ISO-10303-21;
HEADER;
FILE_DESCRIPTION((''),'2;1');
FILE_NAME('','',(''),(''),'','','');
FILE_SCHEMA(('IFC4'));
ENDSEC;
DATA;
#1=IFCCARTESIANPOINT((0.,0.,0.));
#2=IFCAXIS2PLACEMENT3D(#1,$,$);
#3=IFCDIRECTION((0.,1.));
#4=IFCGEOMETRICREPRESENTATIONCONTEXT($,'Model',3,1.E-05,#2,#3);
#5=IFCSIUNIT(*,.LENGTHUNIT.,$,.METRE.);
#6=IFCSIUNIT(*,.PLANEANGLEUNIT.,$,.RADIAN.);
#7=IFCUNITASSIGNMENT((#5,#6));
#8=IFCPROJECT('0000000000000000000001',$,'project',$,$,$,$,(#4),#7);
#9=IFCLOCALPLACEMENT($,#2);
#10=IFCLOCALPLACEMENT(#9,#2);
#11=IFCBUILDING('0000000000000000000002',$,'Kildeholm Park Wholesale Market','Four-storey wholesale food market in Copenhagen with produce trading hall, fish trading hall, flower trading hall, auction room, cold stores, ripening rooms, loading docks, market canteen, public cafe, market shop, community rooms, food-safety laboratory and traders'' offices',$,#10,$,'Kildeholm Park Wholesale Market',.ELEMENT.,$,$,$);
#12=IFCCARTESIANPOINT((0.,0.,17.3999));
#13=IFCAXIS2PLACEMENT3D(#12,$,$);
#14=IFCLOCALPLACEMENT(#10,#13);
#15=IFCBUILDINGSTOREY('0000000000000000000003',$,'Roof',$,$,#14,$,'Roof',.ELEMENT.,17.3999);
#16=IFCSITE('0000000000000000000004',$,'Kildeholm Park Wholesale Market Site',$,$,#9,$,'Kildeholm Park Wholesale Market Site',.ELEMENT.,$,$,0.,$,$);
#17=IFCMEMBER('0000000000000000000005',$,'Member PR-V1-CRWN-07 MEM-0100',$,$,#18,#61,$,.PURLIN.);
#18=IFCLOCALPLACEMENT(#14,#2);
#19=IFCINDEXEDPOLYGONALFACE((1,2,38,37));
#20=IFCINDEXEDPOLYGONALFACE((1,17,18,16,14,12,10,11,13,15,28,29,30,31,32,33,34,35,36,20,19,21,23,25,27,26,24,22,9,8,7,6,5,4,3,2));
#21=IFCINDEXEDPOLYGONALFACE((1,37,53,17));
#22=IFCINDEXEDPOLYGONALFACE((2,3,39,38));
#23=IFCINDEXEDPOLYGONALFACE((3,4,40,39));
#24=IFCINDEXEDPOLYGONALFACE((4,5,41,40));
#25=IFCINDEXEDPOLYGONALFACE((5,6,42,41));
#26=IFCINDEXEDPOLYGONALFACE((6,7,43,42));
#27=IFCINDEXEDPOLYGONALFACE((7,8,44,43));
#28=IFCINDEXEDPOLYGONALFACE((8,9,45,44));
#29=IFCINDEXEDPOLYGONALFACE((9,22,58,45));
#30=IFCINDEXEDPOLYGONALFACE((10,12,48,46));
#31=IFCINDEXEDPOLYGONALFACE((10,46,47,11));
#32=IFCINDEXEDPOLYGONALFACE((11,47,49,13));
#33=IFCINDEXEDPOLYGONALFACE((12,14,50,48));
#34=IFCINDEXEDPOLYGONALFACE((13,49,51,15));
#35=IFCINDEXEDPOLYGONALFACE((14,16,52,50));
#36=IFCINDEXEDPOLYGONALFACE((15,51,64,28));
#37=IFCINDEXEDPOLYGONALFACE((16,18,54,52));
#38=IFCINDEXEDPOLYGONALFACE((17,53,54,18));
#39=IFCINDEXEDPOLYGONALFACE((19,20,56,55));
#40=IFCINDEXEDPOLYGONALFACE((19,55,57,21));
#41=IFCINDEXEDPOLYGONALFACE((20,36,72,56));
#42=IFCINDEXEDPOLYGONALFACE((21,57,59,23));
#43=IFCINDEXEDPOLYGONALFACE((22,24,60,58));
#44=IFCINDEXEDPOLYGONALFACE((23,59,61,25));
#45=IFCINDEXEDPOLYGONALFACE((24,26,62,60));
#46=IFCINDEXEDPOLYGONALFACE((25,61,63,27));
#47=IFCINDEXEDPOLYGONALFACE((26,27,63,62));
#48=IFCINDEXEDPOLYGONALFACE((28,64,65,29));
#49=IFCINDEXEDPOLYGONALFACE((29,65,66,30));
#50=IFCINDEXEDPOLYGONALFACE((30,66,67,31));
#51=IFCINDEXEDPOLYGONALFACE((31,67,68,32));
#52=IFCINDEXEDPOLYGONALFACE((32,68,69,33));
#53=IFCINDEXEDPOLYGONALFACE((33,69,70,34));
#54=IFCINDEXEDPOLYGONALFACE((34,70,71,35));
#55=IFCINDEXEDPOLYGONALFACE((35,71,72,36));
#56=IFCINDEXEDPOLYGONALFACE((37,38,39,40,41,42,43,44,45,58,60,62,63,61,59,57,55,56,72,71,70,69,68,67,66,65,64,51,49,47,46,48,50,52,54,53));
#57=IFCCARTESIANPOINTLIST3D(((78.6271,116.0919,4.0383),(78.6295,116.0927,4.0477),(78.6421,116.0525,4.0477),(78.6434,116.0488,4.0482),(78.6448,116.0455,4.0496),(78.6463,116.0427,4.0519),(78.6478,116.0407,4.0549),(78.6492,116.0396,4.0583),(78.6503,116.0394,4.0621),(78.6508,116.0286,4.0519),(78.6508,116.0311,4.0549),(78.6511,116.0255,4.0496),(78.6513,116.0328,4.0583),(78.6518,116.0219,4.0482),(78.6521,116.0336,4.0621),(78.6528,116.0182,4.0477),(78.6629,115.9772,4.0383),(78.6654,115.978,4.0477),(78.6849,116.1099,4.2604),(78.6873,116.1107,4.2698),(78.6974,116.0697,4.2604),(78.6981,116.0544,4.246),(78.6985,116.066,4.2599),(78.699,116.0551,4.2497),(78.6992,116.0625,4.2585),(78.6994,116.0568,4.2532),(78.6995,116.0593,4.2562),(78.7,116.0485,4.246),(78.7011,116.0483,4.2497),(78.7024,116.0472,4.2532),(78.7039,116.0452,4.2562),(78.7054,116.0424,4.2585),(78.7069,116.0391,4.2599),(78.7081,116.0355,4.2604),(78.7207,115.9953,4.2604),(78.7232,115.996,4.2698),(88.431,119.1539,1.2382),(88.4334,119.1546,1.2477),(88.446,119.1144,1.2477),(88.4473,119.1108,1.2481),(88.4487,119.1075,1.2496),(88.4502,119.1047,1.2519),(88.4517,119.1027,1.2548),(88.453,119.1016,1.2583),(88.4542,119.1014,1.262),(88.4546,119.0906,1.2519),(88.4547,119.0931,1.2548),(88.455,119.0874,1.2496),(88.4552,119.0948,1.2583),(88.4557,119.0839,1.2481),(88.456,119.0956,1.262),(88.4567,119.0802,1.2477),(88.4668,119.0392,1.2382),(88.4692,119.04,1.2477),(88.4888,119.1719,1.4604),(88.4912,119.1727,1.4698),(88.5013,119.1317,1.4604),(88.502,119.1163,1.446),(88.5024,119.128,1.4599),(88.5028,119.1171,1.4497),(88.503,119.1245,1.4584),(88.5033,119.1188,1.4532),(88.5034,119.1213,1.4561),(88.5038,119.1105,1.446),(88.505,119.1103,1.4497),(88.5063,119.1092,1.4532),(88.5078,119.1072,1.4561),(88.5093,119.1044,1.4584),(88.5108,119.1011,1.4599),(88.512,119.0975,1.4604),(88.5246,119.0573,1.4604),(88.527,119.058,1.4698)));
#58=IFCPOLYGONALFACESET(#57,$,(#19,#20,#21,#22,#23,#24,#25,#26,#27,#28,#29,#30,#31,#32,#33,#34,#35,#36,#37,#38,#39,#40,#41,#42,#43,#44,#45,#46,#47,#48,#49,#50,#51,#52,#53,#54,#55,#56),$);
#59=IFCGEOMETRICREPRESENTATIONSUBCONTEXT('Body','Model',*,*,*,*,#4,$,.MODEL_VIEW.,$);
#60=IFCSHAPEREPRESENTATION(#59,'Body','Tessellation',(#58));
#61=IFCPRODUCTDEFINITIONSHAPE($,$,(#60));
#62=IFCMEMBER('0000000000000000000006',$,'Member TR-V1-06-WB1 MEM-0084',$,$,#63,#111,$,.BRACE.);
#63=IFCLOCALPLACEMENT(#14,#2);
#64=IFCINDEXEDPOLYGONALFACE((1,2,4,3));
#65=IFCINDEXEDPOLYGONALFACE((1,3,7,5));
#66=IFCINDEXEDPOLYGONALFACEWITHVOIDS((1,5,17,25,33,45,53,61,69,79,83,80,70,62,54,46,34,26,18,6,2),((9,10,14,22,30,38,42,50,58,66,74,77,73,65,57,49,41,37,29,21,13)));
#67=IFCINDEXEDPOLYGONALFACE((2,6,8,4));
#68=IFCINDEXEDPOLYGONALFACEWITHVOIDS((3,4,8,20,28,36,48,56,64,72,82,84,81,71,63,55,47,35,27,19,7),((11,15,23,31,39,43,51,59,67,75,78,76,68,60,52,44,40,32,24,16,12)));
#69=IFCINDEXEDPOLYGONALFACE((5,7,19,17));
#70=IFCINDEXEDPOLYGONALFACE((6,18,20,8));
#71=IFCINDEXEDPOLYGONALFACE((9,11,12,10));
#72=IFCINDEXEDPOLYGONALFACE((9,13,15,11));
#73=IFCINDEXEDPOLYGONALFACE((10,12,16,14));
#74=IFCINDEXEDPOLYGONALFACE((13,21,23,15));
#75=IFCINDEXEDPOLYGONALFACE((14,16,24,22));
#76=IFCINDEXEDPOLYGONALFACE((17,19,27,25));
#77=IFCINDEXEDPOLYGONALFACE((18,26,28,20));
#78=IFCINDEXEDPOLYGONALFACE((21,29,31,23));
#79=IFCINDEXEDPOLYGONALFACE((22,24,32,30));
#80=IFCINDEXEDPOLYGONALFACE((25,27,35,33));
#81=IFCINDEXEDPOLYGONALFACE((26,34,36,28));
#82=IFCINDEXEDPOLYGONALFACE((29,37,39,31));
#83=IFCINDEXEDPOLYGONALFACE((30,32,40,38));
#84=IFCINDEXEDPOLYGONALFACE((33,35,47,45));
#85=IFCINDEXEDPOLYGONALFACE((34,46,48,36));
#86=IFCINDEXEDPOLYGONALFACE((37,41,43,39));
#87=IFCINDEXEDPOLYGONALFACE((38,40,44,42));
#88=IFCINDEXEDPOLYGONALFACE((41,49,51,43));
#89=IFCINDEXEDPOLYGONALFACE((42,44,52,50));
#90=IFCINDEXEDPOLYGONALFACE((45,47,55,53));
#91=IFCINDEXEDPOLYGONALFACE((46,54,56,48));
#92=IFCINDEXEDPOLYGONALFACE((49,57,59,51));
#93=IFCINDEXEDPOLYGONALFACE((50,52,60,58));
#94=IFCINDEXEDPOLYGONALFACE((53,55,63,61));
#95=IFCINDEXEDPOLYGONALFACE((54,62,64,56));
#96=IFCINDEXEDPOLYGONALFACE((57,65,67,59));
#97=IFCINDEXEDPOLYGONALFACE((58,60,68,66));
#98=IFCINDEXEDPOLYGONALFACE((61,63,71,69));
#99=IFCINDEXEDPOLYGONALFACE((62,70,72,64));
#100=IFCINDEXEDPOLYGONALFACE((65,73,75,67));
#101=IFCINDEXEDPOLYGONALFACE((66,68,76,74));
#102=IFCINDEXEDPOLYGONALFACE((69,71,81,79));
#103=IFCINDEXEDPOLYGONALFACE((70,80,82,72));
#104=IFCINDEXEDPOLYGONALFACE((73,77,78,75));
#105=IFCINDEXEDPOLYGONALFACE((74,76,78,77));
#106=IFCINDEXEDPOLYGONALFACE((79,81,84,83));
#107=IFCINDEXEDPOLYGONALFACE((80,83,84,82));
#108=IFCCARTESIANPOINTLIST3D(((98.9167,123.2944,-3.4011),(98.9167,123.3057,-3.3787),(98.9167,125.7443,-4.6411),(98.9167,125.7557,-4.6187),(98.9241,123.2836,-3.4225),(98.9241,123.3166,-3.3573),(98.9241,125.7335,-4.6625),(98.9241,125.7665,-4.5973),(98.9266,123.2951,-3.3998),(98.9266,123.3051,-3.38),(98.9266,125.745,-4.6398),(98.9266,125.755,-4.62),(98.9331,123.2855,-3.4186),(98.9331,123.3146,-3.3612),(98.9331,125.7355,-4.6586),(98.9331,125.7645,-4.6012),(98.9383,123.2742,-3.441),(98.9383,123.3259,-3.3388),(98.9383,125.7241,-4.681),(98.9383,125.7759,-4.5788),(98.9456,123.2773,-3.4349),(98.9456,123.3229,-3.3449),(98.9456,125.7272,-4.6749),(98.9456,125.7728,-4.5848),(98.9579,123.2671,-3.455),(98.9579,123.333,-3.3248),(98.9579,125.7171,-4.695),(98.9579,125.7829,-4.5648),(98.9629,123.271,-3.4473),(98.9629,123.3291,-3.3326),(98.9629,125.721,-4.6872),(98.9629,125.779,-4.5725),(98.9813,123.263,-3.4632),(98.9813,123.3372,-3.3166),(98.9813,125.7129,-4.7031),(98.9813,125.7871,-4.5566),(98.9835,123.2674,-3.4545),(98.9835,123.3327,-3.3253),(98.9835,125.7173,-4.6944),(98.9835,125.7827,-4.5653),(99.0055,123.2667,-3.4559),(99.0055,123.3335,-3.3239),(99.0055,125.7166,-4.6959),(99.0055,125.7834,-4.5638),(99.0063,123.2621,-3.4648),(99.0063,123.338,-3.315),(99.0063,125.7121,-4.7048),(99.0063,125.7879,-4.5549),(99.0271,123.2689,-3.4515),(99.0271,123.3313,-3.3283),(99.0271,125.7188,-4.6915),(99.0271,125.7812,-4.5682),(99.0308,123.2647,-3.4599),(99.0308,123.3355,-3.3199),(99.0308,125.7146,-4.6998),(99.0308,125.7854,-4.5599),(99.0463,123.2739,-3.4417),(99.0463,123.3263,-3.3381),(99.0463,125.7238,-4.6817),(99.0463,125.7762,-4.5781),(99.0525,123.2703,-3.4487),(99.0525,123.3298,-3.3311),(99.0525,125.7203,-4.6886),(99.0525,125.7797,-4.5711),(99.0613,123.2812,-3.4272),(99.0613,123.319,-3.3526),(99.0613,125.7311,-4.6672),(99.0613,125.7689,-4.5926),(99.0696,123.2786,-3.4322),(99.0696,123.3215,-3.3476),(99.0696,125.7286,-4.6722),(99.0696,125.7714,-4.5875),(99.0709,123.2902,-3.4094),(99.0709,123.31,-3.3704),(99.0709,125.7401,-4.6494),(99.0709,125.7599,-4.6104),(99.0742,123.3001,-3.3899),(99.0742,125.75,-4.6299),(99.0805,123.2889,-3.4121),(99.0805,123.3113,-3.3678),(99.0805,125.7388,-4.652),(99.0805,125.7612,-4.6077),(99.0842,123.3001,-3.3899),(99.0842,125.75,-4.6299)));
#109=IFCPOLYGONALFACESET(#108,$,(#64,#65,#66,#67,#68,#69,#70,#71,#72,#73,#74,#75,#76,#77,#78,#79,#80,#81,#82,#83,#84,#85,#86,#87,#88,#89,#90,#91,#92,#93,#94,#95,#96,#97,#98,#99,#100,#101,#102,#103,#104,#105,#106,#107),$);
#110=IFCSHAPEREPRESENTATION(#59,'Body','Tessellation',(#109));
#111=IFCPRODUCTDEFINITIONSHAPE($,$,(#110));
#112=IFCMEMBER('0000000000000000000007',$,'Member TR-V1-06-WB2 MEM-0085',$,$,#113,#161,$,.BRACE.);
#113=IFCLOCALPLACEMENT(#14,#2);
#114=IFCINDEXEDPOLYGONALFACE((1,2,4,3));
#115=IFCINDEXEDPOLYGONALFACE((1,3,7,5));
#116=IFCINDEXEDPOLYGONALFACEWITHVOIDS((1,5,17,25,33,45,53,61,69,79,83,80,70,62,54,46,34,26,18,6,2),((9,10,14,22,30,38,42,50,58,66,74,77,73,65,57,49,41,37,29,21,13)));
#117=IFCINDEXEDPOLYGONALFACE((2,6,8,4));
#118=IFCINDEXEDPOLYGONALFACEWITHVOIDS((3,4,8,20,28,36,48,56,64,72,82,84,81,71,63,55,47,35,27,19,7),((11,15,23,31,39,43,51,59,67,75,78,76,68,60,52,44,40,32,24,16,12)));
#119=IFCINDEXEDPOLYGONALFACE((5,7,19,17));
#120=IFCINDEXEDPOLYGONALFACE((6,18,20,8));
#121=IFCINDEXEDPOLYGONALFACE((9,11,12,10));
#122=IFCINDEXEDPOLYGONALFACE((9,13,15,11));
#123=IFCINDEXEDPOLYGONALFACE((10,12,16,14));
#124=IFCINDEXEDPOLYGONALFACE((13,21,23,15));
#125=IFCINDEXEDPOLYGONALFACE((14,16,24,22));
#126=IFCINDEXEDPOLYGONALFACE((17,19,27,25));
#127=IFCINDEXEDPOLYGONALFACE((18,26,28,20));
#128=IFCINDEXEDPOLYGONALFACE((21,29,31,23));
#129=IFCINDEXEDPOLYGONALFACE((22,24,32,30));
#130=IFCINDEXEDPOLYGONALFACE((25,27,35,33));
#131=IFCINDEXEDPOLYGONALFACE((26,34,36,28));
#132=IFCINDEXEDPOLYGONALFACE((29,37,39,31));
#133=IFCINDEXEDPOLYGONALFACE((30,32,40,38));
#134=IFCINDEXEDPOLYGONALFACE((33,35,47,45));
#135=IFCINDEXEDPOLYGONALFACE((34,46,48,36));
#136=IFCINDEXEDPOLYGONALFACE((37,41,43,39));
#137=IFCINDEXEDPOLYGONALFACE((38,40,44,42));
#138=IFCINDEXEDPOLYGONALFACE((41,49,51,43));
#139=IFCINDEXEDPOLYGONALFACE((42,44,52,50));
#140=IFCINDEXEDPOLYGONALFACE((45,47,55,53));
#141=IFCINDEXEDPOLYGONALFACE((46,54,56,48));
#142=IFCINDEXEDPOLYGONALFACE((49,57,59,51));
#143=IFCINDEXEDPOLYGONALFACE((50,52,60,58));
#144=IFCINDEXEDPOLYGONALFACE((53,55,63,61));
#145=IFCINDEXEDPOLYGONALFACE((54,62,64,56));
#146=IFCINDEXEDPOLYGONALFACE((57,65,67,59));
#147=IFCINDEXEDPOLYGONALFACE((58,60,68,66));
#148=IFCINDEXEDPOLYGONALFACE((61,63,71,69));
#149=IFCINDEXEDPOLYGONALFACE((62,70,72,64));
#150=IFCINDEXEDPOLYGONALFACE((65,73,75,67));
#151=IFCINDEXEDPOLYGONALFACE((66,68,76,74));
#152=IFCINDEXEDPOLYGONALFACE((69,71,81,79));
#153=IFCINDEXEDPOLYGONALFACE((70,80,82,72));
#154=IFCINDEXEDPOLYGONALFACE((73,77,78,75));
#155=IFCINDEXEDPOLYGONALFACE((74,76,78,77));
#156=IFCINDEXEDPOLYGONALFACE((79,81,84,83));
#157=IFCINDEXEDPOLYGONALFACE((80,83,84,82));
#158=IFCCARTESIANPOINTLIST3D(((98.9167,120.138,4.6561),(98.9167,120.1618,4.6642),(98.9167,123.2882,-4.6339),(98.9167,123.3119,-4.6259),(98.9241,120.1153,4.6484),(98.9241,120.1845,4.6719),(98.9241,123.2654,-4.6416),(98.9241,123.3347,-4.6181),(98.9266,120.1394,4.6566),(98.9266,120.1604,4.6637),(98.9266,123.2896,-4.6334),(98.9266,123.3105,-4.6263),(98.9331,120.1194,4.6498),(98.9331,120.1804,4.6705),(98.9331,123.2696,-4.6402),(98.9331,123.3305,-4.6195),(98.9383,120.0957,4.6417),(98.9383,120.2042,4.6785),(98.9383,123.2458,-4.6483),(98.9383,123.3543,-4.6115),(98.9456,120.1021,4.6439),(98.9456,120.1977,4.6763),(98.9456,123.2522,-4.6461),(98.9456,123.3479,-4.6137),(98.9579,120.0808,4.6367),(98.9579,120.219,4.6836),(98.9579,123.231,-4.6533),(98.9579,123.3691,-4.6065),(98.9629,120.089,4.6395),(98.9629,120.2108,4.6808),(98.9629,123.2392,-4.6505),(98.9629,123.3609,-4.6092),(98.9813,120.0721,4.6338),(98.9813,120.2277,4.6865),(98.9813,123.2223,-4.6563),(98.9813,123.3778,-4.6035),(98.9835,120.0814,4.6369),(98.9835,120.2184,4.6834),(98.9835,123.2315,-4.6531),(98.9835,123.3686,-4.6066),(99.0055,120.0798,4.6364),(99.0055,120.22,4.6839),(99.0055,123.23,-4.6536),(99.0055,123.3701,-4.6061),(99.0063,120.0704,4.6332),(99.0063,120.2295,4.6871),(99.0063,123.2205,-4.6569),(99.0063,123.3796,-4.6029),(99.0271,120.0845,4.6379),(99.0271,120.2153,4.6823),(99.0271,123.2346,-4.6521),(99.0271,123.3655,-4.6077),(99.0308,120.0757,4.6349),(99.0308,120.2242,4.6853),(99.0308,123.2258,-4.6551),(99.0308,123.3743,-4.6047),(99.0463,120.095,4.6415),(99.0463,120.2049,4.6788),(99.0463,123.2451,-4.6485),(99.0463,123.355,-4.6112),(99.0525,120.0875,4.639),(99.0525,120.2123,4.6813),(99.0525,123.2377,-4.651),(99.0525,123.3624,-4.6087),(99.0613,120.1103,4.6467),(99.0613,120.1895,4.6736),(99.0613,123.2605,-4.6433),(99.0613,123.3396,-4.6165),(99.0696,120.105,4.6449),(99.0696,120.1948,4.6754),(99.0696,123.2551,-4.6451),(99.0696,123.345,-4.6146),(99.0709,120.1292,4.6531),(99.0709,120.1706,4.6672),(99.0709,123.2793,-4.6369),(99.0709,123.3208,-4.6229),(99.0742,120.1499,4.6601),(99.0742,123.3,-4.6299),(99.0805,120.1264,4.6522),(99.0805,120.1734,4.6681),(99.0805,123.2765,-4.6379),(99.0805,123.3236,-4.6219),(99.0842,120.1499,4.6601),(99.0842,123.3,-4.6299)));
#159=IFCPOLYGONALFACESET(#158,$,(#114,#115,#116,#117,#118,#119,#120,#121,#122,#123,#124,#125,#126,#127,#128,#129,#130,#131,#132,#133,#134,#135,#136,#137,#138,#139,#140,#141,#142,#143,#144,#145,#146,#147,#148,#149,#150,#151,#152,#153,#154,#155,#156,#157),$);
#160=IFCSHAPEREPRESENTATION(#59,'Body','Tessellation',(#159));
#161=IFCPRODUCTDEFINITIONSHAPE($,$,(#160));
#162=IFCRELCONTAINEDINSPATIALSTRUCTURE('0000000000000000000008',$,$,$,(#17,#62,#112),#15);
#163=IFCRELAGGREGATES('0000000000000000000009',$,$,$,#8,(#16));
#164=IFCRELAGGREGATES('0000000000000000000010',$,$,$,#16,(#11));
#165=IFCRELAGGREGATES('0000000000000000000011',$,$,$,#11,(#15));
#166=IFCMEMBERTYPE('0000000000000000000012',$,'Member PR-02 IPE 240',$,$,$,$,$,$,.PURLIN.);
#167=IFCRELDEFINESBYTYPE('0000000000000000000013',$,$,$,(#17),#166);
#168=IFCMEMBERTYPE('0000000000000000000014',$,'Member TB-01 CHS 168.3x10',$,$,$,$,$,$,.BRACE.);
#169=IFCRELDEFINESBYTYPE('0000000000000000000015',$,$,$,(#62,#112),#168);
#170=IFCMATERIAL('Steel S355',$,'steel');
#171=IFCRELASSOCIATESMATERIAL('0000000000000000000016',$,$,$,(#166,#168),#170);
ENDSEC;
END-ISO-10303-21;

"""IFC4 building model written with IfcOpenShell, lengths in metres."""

from ifc_helpers import new_model, si_unit, direction, frame, origin, origin_2d, place, context, subcontext, project, spatial, hollow_circle, i_section, extrude, material, material_profile, profile_set, type_object, element, save


model = new_model("IFC4")

# Units and contexts
model_context = context("Model", 3, precision=1e-05, world=origin(), true_north=direction((0.0, 1.0)))
body_context = subcontext(model_context, "Body", "Model", "MODEL_VIEW")
ifc_project = project(units=[si_unit("LENGTHUNIT", "METRE"), si_unit("PLANEANGLEUNIT", "RADIAN")], contexts=[model_context])

# Site, building, storey
site_placement = place(None, origin())
site = spatial("IfcSite", under=ifc_project, at=site_placement, Name="Kildeholm Park Wholesale Market Site", LongName="Kildeholm Park Wholesale Market Site", CompositionType="ELEMENT", RefElevation=0.0)
building_placement = place(site_placement, origin())
building = spatial("IfcBuilding", under=site, at=building_placement, Name="Kildeholm Park Wholesale Market", Description="Four-storey wholesale food market in Copenhagen with produce trading hall, fish trading hall, flower trading hall, auction room, cold stores, ripening rooms, loading docks, market canteen, public cafe, market shop, community rooms, food-safety laboratory and traders' offices", LongName="Kildeholm Park Wholesale Market", CompositionType="ELEMENT")
storey_placement = place(building_placement, frame((0.0, 0.0, 17.3999)))
storey = spatial("IfcBuildingStorey", under=building, at=storey_placement, Name="Roof", LongName="Roof", CompositionType="ELEMENT", Elevation=17.3999)

# Shared definitions
ifc_material_1 = material(Name="Steel S355", Category="steel")

# Members
ifc_material_profile_1 = material_profile(ifc_material_1, i_section(OverallWidth=0.1201, OverallDepth=0.24, WebThickness=0.0061, FlangeThickness=0.0098, FilletRadius=0.0149, at=origin_2d()), Name="IPE 240")
ifc_profile_set_1 = profile_set([ifc_material_profile_1], Name="Steel S355")
member_type_1 = type_object("IfcMemberType", Name="Member PR-02 IPE 240", PredefinedType="PURLIN", material=ifc_profile_set_1)
member_1_placement = place(storey_placement, frame((88.479, 119.106, 1.354), z_axis=(-0.92092, -0.287625, 0.263018), x_axis=(0.298122, -0.954528, 0.0)))
element("IfcMember", 1, at=member_1_placement, inside=storey, type_object=member_type_1, Name="Member PR-V1-CRWN-07 MEM-0100", PredefinedType="PURLIN", context=body_context, shape_type="SweptSolid", body=[
    extrude(i_section(OverallWidth=0.1201, OverallDepth=0.24, WebThickness=0.0061, FlangeThickness=0.0098, FilletRadius=0.0149, at=origin_2d()), origin(), (0.0, 0.0, 1.0), 10.6458),
])
ifc_material_profile_2 = material_profile(ifc_material_1, hollow_circle(Radius=0.0842, WallThickness=0.01, at=origin_2d()), Name="CHS 168.3x10")
ifc_profile_set_2 = profile_set([ifc_material_profile_2], Name="Steel S355")
member_type_2 = type_object("IfcMemberType", Name="Member TB-01 CHS 168.3x10", PredefinedType="BRACE", material=ifc_profile_set_2)
member_2_placement = place(storey_placement, frame((99.0, 125.75, -4.6299), z_axis=(0.0, -0.892229, 0.451583), x_axis=(1.0, 0.0, 0.0)))
element("IfcMember", 2, at=member_2_placement, inside=storey, type_object=member_type_2, Name="Member TR-V1-06-WB1 MEM-0084", PredefinedType="BRACE", context=body_context, shape_type="SweptSolid", body=[
    extrude(hollow_circle(Radius=0.0842, WallThickness=0.01, at=origin_2d()), origin(), (0.0, 0.0, 1.0), 2.7458),
])
member_3_placement = place(storey_placement, frame((99.0, 123.3, -4.6299), z_axis=(0.0, -0.321129, 0.947035), x_axis=(1.0, 0.0, 0.0)))
element("IfcMember", 3, at=member_3_placement, inside=storey, type_object=member_type_2, Name="Member TR-V1-06-WB2 MEM-0085", PredefinedType="BRACE", context=body_context, shape_type="SweptSolid", body=[
    extrude(hollow_circle(Radius=0.0842, WallThickness=0.01, at=origin_2d()), origin(), (0.0, 0.0, 1.0), 9.8096),
])

save(model, "model.ifc")
